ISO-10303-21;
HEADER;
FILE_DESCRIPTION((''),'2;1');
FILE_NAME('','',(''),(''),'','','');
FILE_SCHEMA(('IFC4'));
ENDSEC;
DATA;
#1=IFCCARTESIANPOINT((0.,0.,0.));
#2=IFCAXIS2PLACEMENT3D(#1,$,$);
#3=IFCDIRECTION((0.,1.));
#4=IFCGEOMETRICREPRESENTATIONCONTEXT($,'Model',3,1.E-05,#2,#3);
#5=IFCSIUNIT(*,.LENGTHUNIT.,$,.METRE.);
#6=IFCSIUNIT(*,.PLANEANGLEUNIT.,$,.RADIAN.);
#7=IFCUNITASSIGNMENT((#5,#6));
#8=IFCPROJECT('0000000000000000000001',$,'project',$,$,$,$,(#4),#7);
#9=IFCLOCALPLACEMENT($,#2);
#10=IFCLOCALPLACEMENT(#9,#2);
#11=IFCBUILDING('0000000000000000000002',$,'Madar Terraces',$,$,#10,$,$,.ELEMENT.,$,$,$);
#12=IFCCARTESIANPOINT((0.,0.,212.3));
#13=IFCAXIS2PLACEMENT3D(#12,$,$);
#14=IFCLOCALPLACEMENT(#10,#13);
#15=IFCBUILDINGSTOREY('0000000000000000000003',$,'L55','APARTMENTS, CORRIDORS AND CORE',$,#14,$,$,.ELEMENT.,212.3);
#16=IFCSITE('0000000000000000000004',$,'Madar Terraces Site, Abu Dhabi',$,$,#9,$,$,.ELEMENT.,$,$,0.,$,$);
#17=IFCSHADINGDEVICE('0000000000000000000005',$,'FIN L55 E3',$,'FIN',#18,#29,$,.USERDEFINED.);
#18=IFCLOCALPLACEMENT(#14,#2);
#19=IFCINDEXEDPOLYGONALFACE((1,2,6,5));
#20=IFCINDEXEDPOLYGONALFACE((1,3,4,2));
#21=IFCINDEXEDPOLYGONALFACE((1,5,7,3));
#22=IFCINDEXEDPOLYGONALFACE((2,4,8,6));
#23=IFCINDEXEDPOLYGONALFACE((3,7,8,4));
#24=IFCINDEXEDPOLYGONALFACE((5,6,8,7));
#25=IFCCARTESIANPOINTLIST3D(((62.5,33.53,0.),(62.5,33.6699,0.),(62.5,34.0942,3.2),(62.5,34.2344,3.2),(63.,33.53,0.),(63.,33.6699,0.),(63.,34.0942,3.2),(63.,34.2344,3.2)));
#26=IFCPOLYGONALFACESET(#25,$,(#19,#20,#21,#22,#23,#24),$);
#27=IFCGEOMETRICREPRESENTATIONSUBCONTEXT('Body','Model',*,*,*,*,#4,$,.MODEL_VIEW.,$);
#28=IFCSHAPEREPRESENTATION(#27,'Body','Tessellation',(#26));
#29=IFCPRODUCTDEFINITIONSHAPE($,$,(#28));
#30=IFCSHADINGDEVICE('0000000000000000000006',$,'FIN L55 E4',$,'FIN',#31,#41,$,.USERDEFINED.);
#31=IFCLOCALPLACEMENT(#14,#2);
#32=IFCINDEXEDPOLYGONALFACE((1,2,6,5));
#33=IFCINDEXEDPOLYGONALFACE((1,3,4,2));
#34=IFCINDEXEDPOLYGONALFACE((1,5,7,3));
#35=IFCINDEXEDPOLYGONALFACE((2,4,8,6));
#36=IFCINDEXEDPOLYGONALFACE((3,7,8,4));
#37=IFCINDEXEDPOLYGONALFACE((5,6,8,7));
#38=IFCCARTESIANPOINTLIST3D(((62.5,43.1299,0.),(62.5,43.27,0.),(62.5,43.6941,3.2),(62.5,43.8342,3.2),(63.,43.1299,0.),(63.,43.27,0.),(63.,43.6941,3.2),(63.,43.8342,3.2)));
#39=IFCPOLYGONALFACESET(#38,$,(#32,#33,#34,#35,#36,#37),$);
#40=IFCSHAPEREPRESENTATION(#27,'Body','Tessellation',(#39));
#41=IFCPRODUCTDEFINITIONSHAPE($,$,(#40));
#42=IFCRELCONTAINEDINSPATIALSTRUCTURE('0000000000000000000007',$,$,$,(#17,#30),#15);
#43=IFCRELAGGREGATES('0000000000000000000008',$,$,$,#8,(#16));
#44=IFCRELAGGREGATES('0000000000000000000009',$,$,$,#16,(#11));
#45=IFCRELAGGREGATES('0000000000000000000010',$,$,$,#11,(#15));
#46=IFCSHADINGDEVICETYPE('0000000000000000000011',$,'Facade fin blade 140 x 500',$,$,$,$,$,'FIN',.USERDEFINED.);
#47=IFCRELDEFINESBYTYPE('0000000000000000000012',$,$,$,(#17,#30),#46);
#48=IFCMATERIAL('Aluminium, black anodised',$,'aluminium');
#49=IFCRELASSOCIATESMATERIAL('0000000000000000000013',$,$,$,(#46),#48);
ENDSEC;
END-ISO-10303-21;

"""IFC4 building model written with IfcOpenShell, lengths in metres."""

from ifc_helpers import new_model, si_unit, direction, frame, origin, place, context, subcontext, project, spatial, polyline, outline, extrude, material, type_object, element, save


model = new_model("IFC4")

# Units and contexts
model_context = context("Model", 3, precision=1e-05, world=origin(), true_north=direction((0.0, 1.0)))
body_context = subcontext(model_context, "Body", "Model", "MODEL_VIEW")
ifc_project = project(units=[si_unit("LENGTHUNIT", "METRE"), si_unit("PLANEANGLEUNIT", "RADIAN")], contexts=[model_context])

# Site, building, storey
site_placement = place(None, origin())
site = spatial("IfcSite", under=ifc_project, at=site_placement, Name="Madar Terraces Site, Abu Dhabi", CompositionType="ELEMENT", RefElevation=0.0)
building_placement = place(site_placement, origin())
building = spatial("IfcBuilding", under=site, at=building_placement, Name="Madar Terraces", CompositionType="ELEMENT")
storey_placement = place(building_placement, frame((0.0, 0.0, 212.3)))
storey = spatial("IfcBuildingStorey", under=building, at=storey_placement, Name="L55", Description="APARTMENTS, CORRIDORS AND CORE", CompositionType="ELEMENT", Elevation=212.3)

# Shading devices
ifc_material_1 = material(Name="Aluminium, black anodised", Category="aluminium")
shading_device_type = type_object("IfcShadingDeviceType", Name="Facade fin blade 140 x 500", ElementType="FIN", PredefinedType="USERDEFINED", material=ifc_material_1)
shading_device_1_placement = place(storey_placement, frame((62.75, 33.53, 0.0), z_axis=(0.0, 0.0, 1.0), x_axis=(0.0, 1.0, 0.0)))
element("IfcShadingDevice", 1, at=shading_device_1_placement, inside=storey, type_object=shading_device_type, Name="FIN L55 E3", ObjectType="FIN", PredefinedType="USERDEFINED", context=body_context, shape_type="SweptSolid", body=[
    extrude(outline(polyline([(0.0, 0.0), (0.1399, 0.0), (0.7043, 3.2), (0.5642, 3.2), (0.0, 0.0)])), frame((0.0, 0.25, 0.0), z_axis=(0.0, -1.0, 0.0), x_axis=(1.0, 0.0, 0.0)), (0.0, 0.0, 1.0), 0.5),
])
shading_device_2_placement = place(storey_placement, frame((62.75, 43.1299, 0.0), z_axis=(0.0, 0.0, 1.0), x_axis=(0.0, 1.0, 0.0)))
element("IfcShadingDevice", 2, at=shading_device_2_placement, inside=storey, type_object=shading_device_type, Name="FIN L55 E4", ObjectType="FIN", PredefinedType="USERDEFINED", context=body_context, shape_type="SweptSolid", body=[
    extrude(outline(polyline([(0.0, 0.0), (0.1401, 0.0), (0.7043, 3.2), (0.5642, 3.2), (0.0, 0.0)])), frame((0.0, 0.25, 0.0), z_axis=(0.0, -1.0, 0.0), x_axis=(1.0, 0.0, 0.0)), (0.0, 0.0, 1.0), 0.5),
])

save(model, "model.ifc")
